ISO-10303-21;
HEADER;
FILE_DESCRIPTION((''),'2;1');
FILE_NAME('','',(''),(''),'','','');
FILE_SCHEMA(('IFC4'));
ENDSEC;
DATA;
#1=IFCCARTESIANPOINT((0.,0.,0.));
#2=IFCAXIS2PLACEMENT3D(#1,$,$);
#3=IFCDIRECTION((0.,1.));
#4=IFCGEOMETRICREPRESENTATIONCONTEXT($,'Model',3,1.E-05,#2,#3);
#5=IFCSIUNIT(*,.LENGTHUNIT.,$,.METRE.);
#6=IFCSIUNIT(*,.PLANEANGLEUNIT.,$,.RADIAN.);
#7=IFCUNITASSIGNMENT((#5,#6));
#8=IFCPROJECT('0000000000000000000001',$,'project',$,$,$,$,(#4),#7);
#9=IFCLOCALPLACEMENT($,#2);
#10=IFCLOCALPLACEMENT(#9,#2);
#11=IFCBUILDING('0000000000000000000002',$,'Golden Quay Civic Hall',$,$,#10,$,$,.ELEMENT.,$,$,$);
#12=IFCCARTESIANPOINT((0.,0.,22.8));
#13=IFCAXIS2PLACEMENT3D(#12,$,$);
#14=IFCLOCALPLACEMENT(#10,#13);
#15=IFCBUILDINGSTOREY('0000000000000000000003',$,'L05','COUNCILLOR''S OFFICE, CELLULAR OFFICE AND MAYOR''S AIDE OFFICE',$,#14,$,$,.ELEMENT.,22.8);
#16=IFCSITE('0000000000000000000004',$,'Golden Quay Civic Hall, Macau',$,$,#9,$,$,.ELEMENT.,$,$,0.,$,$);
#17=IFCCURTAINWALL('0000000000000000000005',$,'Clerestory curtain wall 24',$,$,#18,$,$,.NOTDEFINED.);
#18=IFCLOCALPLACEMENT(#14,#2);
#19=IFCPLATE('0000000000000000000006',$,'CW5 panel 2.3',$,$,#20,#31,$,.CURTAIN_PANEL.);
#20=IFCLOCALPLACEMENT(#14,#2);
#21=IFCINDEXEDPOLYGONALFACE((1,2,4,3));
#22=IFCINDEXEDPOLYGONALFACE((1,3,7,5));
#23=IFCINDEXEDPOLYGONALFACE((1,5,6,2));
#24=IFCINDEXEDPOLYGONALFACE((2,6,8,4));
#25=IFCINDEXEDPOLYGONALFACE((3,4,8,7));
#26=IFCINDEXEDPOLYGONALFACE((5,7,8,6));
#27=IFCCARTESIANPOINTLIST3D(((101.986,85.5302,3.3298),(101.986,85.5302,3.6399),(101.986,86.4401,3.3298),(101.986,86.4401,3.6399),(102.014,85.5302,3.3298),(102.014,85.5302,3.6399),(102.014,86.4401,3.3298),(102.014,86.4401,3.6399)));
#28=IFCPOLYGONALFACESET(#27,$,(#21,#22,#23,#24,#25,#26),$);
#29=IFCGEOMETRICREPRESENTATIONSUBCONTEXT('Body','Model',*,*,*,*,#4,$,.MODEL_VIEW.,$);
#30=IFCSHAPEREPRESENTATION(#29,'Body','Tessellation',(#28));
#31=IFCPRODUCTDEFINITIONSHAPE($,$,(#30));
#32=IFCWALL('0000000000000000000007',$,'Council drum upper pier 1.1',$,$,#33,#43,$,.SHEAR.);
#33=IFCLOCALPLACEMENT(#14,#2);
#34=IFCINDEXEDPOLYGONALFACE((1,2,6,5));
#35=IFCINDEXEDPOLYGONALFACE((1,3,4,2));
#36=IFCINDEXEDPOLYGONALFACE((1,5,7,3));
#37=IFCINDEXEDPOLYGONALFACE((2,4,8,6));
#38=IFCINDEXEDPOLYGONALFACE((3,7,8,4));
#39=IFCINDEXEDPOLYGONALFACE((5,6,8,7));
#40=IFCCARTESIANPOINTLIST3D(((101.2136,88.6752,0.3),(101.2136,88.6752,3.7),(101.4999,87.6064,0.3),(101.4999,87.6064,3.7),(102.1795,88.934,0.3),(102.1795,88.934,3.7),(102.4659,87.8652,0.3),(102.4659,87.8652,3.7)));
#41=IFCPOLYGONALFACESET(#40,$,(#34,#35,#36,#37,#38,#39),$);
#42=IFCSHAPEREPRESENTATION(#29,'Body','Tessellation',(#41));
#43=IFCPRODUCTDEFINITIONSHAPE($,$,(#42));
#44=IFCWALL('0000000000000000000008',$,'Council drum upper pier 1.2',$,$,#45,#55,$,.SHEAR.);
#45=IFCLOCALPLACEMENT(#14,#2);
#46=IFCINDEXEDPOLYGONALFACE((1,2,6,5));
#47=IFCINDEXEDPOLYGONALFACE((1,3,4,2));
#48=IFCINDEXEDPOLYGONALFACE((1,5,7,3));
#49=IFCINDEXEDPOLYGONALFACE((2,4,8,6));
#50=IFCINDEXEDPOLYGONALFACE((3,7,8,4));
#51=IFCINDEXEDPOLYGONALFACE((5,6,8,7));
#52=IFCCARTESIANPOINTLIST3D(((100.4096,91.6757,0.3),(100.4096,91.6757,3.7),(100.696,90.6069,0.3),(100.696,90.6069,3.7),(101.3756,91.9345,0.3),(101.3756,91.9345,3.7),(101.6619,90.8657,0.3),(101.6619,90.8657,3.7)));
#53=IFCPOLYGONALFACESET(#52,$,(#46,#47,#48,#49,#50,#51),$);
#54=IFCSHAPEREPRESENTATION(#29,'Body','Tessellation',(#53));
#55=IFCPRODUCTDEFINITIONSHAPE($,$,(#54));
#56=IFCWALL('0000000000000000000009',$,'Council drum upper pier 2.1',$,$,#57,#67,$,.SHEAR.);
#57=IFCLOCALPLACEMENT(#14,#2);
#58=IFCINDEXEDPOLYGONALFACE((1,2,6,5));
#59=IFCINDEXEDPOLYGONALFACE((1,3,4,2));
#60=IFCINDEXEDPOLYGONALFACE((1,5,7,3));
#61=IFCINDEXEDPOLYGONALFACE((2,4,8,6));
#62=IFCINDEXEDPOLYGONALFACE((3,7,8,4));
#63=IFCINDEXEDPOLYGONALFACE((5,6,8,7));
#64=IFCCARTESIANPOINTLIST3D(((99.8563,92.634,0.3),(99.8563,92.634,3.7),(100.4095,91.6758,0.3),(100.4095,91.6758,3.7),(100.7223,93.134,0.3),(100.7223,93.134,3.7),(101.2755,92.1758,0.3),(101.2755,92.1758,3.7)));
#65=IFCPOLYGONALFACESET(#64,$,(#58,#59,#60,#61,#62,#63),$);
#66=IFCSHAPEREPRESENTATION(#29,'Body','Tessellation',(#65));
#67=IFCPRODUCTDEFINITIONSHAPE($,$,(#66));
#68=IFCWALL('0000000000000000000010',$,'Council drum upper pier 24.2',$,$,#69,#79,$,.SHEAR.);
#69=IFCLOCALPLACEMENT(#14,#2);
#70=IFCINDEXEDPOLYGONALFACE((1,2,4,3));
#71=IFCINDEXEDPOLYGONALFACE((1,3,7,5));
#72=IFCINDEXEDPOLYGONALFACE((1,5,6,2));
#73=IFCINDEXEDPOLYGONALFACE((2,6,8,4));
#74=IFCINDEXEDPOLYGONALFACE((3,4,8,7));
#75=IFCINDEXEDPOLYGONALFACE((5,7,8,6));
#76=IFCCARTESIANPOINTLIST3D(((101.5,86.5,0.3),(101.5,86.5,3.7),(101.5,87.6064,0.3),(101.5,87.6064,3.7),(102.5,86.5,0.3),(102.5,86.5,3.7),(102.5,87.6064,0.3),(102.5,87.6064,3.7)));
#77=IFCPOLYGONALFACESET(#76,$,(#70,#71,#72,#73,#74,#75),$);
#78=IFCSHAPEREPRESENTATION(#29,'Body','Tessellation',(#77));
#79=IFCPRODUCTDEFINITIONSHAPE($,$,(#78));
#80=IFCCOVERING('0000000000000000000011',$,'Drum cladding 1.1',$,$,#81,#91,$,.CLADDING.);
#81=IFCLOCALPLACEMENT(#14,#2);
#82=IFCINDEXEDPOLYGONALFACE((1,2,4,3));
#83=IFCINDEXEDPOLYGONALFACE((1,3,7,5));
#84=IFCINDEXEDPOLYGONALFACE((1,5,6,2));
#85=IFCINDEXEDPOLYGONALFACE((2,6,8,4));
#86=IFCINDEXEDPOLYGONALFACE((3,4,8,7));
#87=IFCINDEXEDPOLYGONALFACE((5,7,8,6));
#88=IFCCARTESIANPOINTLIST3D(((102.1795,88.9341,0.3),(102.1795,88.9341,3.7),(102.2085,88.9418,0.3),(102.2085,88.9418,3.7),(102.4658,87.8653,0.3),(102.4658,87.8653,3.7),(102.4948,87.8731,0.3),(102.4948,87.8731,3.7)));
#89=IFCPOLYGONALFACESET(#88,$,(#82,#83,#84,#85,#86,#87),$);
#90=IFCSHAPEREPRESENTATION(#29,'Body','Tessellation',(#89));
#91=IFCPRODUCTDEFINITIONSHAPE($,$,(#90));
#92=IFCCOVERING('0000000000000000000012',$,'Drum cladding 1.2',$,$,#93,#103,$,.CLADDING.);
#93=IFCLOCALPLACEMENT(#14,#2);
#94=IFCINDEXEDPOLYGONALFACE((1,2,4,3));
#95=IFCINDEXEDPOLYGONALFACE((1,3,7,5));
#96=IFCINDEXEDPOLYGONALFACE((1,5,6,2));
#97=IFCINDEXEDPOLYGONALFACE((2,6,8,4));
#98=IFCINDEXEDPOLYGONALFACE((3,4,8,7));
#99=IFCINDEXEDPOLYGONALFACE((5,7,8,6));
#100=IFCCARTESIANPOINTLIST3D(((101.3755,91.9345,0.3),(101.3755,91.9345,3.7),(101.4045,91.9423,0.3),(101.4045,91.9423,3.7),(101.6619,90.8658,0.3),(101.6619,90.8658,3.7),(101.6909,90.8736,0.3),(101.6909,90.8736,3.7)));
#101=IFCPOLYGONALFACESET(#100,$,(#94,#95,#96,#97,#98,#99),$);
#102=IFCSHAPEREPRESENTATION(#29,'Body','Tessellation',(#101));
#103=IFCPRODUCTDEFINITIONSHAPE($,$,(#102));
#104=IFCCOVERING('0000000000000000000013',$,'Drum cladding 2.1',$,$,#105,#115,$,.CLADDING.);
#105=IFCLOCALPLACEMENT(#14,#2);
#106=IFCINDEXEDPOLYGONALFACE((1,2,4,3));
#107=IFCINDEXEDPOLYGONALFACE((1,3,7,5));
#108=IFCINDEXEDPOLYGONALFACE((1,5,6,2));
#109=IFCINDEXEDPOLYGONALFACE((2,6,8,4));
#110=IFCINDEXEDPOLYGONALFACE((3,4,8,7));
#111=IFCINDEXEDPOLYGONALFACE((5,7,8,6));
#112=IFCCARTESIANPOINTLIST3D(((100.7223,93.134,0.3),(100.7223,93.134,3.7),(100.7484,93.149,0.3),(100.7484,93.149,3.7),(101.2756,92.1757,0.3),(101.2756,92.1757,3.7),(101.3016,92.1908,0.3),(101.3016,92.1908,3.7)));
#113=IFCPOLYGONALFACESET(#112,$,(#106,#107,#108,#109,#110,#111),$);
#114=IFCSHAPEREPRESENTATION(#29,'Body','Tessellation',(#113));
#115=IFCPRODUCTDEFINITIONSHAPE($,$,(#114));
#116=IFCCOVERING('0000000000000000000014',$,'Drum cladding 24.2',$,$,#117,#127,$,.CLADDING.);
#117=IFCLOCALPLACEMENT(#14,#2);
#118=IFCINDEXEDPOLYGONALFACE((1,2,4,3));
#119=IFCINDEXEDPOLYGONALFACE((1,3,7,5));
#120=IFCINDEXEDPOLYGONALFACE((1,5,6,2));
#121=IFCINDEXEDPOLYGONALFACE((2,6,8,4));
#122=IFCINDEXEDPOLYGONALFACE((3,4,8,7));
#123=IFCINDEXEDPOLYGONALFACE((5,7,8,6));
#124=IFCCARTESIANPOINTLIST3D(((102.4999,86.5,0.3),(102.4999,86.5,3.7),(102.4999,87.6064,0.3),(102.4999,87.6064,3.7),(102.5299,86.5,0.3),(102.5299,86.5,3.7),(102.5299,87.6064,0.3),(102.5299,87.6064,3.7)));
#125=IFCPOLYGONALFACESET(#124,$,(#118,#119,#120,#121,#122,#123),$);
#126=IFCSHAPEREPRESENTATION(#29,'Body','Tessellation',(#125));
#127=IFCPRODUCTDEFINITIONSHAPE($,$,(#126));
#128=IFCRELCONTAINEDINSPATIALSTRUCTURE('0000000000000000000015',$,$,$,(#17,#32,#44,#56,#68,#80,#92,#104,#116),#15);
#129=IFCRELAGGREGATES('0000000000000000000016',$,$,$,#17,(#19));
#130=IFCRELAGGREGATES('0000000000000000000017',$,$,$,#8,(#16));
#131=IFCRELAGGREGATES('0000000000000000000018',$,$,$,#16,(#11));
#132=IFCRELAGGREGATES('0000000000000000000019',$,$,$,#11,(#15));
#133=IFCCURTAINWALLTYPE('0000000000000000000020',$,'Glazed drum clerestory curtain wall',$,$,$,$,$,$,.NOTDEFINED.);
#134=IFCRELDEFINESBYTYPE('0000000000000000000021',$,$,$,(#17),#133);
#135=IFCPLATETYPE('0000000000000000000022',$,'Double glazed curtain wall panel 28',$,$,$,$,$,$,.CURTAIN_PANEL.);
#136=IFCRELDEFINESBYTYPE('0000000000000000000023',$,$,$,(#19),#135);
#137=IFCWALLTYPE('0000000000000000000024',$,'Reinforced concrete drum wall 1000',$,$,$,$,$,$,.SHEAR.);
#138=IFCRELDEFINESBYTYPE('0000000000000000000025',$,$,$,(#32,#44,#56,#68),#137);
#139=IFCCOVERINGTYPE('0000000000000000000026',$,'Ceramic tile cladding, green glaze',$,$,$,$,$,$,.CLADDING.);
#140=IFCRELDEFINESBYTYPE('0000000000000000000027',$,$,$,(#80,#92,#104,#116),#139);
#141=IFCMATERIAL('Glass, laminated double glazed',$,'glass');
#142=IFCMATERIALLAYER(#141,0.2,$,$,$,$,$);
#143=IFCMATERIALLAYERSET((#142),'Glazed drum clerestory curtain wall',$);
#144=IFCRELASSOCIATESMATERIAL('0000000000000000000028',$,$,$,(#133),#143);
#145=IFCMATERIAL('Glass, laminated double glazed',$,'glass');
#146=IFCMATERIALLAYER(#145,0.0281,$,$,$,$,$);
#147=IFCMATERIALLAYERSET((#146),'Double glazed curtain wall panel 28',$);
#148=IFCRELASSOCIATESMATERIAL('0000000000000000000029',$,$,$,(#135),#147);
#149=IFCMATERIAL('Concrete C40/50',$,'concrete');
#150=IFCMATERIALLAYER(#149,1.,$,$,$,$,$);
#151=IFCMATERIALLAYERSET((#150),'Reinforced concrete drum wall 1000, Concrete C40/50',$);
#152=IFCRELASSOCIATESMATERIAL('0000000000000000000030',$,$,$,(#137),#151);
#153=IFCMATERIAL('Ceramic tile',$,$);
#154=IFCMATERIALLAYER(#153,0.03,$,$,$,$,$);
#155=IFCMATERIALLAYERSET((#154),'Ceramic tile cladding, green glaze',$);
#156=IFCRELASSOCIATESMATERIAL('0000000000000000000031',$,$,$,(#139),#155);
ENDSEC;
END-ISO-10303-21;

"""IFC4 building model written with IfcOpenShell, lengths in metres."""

from ifc_helpers import new_model, si_unit, direction, frame, frame_2d, origin, origin_2d, place, context, subcontext, project, spatial, rectangle, extrude, material, layer, layer_set, type_object, element, aggregate, save


model = new_model("IFC4")

# Units and contexts
model_context = context("Model", 3, precision=1e-05, world=origin(), true_north=direction((0.0, 1.0)))
body_context = subcontext(model_context, "Body", "Model", "MODEL_VIEW")
ifc_project = project(units=[si_unit("LENGTHUNIT", "METRE"), si_unit("PLANEANGLEUNIT", "RADIAN")], contexts=[model_context])

# Site, building, storey
site_placement = place(None, origin())
site = spatial("IfcSite", under=ifc_project, at=site_placement, Name="Golden Quay Civic Hall, Macau", CompositionType="ELEMENT", RefElevation=0.0)
building_placement = place(site_placement, origin())
building = spatial("IfcBuilding", under=site, at=building_placement, Name="Golden Quay Civic Hall", CompositionType="ELEMENT")
storey_placement = place(building_placement, frame((0.0, 0.0, 22.8)))
storey = spatial("IfcBuildingStorey", under=building, at=storey_placement, Name="L05", Description="COUNCILLOR'S OFFICE, CELLULAR OFFICE AND MAYOR'S AIDE OFFICE", CompositionType="ELEMENT", Elevation=22.8)

# Shared definitions
ifc_material_1 = material(Name="Glass, laminated double glazed", Category="glass")
ifc_layer_1 = layer(ifc_material_1, 0.2)
ifc_layer_set_1 = layer_set([ifc_layer_1], Name="Glazed drum clerestory curtain wall")
curtain_wall_type = type_object("IfcCurtainWallType", Name="Glazed drum clerestory curtain wall", PredefinedType="NOTDEFINED", material=ifc_layer_set_1)

# Curtain wall
curtain_wall_1_placement = place(storey_placement, origin())
curtain_wall_1 = element("IfcCurtainWall", 1, at=curtain_wall_1_placement, inside=storey, type_object=curtain_wall_type, Name="Clerestory curtain wall 24", PredefinedType="NOTDEFINED")

# Plate
ifc_material_2 = material(Name="Glass, laminated double glazed", Category="glass")
ifc_layer_2 = layer(ifc_material_2, 0.0281)
ifc_layer_set_2 = layer_set([ifc_layer_2], Name="Double glazed curtain wall panel 28")
plate_type = type_object("IfcPlateType", Name="Double glazed curtain wall panel 28", PredefinedType="CURTAIN_PANEL", material=ifc_layer_set_2)
plate_1_placement = place(storey_placement, frame((102.0, 85.9851, 3.3298), z_axis=(0.0, 0.0, 1.0), x_axis=(0.0, 1.0, 0.0)))
plate_1 = element("IfcPlate", 2, at=plate_1_placement, type_object=plate_type, Name="CW5 panel 2.3", PredefinedType="CURTAIN_PANEL", context=body_context, shape_type="SweptSolid", body=[
    extrude(rectangle(XDim=0.9099, YDim=0.0281, at=origin_2d()), origin(), (0.0, 0.0, 1.0), 0.3101),
])
aggregate(curtain_wall_1, [plate_1])

# Walls
ifc_material_3 = material(Name="Concrete C40/50", Category="concrete")
ifc_layer_3 = layer(ifc_material_3, 1.0)
ifc_layer_set_3 = layer_set([ifc_layer_3], Name="Reinforced concrete drum wall 1000, Concrete C40/50")
wall_type = type_object("IfcWallType", Name="Reinforced concrete drum wall 1000", PredefinedType="SHEAR", material=ifc_layer_set_3)
for number, where, z_axis, x_axis, name in (
    (3, (101.9829, 87.7358, 0.3), (0.0, 0.0, 1.0), (-0.258802, 0.96593, 0.0), "Council drum upper pier 1.1"),
    (4, (101.179, 90.7363, 0.3), (0.0, 0.0, 1.0), (-0.258802, 0.96593, 0.0), "Council drum upper pier 1.2"),
    (5, (100.8425, 91.9258, 0.3), (0.0, 0.0, 1.0), (-0.499983, 0.866035, 0.0), "Council drum upper pier 2.1"),
    (6, (102.0, 86.5, 0.3), (0.0, 0.0, 1.0), (0.0, 1.0, 0.0), "Council drum upper pier 24.2"),
):
    element("IfcWall", number, at=place(storey_placement, frame(where, z_axis=z_axis, x_axis=x_axis)), inside=storey, type_object=wall_type, Name=name, PredefinedType="SHEAR", context=body_context, shape_type="SweptSolid", body=[
        extrude(rectangle(XDim=1.1064, YDim=1.0, at=frame_2d((0.5532, 0.0))), origin(), (0.0, 0.0, 1.0), 3.3999),
    ])

# Coverings
ifc_material_4 = material(Name="Ceramic tile")
ifc_layer_4 = layer(ifc_material_4, 0.03)
ifc_layer_set_4 = layer_set([ifc_layer_4], Name="Ceramic tile cladding, green glaze")
covering_type = type_object("IfcCoveringType", Name="Ceramic tile cladding, green glaze", PredefinedType="CLADDING", material=ifc_layer_set_4)
for number, where, z_axis, x_axis, name in (
    (7, (102.3372, 88.4036, 0.3), (0.0, 0.0, 1.0), (-0.258819, 0.965926, 0.0), "Drum cladding 1.1"),
    (8, (101.5332, 91.4041, 0.3), (0.0, 0.0, 1.0), (-0.258819, 0.965926, 0.0), "Drum cladding 1.2"),
    (9, (101.012, 92.6624, 0.3), (0.0, 0.0, 1.0), (-0.5, 0.866025, 0.0), "Drum cladding 2.1"),
    (10, (102.5149, 87.0532, 0.3), (0.0, 0.0, 1.0), (0.0, 1.0, 0.0), "Drum cladding 24.2"),
):
    element("IfcCovering", number, at=place(storey_placement, frame(where, z_axis=z_axis, x_axis=x_axis)), inside=storey, type_object=covering_type, Name=name, PredefinedType="CLADDING", context=body_context, shape_type="SweptSolid", body=[
        extrude(rectangle(XDim=1.1064, YDim=0.03, at=origin_2d()), origin(), (0.0, 0.0, 1.0), 3.3999),
    ])

save(model, "model.ifc")
